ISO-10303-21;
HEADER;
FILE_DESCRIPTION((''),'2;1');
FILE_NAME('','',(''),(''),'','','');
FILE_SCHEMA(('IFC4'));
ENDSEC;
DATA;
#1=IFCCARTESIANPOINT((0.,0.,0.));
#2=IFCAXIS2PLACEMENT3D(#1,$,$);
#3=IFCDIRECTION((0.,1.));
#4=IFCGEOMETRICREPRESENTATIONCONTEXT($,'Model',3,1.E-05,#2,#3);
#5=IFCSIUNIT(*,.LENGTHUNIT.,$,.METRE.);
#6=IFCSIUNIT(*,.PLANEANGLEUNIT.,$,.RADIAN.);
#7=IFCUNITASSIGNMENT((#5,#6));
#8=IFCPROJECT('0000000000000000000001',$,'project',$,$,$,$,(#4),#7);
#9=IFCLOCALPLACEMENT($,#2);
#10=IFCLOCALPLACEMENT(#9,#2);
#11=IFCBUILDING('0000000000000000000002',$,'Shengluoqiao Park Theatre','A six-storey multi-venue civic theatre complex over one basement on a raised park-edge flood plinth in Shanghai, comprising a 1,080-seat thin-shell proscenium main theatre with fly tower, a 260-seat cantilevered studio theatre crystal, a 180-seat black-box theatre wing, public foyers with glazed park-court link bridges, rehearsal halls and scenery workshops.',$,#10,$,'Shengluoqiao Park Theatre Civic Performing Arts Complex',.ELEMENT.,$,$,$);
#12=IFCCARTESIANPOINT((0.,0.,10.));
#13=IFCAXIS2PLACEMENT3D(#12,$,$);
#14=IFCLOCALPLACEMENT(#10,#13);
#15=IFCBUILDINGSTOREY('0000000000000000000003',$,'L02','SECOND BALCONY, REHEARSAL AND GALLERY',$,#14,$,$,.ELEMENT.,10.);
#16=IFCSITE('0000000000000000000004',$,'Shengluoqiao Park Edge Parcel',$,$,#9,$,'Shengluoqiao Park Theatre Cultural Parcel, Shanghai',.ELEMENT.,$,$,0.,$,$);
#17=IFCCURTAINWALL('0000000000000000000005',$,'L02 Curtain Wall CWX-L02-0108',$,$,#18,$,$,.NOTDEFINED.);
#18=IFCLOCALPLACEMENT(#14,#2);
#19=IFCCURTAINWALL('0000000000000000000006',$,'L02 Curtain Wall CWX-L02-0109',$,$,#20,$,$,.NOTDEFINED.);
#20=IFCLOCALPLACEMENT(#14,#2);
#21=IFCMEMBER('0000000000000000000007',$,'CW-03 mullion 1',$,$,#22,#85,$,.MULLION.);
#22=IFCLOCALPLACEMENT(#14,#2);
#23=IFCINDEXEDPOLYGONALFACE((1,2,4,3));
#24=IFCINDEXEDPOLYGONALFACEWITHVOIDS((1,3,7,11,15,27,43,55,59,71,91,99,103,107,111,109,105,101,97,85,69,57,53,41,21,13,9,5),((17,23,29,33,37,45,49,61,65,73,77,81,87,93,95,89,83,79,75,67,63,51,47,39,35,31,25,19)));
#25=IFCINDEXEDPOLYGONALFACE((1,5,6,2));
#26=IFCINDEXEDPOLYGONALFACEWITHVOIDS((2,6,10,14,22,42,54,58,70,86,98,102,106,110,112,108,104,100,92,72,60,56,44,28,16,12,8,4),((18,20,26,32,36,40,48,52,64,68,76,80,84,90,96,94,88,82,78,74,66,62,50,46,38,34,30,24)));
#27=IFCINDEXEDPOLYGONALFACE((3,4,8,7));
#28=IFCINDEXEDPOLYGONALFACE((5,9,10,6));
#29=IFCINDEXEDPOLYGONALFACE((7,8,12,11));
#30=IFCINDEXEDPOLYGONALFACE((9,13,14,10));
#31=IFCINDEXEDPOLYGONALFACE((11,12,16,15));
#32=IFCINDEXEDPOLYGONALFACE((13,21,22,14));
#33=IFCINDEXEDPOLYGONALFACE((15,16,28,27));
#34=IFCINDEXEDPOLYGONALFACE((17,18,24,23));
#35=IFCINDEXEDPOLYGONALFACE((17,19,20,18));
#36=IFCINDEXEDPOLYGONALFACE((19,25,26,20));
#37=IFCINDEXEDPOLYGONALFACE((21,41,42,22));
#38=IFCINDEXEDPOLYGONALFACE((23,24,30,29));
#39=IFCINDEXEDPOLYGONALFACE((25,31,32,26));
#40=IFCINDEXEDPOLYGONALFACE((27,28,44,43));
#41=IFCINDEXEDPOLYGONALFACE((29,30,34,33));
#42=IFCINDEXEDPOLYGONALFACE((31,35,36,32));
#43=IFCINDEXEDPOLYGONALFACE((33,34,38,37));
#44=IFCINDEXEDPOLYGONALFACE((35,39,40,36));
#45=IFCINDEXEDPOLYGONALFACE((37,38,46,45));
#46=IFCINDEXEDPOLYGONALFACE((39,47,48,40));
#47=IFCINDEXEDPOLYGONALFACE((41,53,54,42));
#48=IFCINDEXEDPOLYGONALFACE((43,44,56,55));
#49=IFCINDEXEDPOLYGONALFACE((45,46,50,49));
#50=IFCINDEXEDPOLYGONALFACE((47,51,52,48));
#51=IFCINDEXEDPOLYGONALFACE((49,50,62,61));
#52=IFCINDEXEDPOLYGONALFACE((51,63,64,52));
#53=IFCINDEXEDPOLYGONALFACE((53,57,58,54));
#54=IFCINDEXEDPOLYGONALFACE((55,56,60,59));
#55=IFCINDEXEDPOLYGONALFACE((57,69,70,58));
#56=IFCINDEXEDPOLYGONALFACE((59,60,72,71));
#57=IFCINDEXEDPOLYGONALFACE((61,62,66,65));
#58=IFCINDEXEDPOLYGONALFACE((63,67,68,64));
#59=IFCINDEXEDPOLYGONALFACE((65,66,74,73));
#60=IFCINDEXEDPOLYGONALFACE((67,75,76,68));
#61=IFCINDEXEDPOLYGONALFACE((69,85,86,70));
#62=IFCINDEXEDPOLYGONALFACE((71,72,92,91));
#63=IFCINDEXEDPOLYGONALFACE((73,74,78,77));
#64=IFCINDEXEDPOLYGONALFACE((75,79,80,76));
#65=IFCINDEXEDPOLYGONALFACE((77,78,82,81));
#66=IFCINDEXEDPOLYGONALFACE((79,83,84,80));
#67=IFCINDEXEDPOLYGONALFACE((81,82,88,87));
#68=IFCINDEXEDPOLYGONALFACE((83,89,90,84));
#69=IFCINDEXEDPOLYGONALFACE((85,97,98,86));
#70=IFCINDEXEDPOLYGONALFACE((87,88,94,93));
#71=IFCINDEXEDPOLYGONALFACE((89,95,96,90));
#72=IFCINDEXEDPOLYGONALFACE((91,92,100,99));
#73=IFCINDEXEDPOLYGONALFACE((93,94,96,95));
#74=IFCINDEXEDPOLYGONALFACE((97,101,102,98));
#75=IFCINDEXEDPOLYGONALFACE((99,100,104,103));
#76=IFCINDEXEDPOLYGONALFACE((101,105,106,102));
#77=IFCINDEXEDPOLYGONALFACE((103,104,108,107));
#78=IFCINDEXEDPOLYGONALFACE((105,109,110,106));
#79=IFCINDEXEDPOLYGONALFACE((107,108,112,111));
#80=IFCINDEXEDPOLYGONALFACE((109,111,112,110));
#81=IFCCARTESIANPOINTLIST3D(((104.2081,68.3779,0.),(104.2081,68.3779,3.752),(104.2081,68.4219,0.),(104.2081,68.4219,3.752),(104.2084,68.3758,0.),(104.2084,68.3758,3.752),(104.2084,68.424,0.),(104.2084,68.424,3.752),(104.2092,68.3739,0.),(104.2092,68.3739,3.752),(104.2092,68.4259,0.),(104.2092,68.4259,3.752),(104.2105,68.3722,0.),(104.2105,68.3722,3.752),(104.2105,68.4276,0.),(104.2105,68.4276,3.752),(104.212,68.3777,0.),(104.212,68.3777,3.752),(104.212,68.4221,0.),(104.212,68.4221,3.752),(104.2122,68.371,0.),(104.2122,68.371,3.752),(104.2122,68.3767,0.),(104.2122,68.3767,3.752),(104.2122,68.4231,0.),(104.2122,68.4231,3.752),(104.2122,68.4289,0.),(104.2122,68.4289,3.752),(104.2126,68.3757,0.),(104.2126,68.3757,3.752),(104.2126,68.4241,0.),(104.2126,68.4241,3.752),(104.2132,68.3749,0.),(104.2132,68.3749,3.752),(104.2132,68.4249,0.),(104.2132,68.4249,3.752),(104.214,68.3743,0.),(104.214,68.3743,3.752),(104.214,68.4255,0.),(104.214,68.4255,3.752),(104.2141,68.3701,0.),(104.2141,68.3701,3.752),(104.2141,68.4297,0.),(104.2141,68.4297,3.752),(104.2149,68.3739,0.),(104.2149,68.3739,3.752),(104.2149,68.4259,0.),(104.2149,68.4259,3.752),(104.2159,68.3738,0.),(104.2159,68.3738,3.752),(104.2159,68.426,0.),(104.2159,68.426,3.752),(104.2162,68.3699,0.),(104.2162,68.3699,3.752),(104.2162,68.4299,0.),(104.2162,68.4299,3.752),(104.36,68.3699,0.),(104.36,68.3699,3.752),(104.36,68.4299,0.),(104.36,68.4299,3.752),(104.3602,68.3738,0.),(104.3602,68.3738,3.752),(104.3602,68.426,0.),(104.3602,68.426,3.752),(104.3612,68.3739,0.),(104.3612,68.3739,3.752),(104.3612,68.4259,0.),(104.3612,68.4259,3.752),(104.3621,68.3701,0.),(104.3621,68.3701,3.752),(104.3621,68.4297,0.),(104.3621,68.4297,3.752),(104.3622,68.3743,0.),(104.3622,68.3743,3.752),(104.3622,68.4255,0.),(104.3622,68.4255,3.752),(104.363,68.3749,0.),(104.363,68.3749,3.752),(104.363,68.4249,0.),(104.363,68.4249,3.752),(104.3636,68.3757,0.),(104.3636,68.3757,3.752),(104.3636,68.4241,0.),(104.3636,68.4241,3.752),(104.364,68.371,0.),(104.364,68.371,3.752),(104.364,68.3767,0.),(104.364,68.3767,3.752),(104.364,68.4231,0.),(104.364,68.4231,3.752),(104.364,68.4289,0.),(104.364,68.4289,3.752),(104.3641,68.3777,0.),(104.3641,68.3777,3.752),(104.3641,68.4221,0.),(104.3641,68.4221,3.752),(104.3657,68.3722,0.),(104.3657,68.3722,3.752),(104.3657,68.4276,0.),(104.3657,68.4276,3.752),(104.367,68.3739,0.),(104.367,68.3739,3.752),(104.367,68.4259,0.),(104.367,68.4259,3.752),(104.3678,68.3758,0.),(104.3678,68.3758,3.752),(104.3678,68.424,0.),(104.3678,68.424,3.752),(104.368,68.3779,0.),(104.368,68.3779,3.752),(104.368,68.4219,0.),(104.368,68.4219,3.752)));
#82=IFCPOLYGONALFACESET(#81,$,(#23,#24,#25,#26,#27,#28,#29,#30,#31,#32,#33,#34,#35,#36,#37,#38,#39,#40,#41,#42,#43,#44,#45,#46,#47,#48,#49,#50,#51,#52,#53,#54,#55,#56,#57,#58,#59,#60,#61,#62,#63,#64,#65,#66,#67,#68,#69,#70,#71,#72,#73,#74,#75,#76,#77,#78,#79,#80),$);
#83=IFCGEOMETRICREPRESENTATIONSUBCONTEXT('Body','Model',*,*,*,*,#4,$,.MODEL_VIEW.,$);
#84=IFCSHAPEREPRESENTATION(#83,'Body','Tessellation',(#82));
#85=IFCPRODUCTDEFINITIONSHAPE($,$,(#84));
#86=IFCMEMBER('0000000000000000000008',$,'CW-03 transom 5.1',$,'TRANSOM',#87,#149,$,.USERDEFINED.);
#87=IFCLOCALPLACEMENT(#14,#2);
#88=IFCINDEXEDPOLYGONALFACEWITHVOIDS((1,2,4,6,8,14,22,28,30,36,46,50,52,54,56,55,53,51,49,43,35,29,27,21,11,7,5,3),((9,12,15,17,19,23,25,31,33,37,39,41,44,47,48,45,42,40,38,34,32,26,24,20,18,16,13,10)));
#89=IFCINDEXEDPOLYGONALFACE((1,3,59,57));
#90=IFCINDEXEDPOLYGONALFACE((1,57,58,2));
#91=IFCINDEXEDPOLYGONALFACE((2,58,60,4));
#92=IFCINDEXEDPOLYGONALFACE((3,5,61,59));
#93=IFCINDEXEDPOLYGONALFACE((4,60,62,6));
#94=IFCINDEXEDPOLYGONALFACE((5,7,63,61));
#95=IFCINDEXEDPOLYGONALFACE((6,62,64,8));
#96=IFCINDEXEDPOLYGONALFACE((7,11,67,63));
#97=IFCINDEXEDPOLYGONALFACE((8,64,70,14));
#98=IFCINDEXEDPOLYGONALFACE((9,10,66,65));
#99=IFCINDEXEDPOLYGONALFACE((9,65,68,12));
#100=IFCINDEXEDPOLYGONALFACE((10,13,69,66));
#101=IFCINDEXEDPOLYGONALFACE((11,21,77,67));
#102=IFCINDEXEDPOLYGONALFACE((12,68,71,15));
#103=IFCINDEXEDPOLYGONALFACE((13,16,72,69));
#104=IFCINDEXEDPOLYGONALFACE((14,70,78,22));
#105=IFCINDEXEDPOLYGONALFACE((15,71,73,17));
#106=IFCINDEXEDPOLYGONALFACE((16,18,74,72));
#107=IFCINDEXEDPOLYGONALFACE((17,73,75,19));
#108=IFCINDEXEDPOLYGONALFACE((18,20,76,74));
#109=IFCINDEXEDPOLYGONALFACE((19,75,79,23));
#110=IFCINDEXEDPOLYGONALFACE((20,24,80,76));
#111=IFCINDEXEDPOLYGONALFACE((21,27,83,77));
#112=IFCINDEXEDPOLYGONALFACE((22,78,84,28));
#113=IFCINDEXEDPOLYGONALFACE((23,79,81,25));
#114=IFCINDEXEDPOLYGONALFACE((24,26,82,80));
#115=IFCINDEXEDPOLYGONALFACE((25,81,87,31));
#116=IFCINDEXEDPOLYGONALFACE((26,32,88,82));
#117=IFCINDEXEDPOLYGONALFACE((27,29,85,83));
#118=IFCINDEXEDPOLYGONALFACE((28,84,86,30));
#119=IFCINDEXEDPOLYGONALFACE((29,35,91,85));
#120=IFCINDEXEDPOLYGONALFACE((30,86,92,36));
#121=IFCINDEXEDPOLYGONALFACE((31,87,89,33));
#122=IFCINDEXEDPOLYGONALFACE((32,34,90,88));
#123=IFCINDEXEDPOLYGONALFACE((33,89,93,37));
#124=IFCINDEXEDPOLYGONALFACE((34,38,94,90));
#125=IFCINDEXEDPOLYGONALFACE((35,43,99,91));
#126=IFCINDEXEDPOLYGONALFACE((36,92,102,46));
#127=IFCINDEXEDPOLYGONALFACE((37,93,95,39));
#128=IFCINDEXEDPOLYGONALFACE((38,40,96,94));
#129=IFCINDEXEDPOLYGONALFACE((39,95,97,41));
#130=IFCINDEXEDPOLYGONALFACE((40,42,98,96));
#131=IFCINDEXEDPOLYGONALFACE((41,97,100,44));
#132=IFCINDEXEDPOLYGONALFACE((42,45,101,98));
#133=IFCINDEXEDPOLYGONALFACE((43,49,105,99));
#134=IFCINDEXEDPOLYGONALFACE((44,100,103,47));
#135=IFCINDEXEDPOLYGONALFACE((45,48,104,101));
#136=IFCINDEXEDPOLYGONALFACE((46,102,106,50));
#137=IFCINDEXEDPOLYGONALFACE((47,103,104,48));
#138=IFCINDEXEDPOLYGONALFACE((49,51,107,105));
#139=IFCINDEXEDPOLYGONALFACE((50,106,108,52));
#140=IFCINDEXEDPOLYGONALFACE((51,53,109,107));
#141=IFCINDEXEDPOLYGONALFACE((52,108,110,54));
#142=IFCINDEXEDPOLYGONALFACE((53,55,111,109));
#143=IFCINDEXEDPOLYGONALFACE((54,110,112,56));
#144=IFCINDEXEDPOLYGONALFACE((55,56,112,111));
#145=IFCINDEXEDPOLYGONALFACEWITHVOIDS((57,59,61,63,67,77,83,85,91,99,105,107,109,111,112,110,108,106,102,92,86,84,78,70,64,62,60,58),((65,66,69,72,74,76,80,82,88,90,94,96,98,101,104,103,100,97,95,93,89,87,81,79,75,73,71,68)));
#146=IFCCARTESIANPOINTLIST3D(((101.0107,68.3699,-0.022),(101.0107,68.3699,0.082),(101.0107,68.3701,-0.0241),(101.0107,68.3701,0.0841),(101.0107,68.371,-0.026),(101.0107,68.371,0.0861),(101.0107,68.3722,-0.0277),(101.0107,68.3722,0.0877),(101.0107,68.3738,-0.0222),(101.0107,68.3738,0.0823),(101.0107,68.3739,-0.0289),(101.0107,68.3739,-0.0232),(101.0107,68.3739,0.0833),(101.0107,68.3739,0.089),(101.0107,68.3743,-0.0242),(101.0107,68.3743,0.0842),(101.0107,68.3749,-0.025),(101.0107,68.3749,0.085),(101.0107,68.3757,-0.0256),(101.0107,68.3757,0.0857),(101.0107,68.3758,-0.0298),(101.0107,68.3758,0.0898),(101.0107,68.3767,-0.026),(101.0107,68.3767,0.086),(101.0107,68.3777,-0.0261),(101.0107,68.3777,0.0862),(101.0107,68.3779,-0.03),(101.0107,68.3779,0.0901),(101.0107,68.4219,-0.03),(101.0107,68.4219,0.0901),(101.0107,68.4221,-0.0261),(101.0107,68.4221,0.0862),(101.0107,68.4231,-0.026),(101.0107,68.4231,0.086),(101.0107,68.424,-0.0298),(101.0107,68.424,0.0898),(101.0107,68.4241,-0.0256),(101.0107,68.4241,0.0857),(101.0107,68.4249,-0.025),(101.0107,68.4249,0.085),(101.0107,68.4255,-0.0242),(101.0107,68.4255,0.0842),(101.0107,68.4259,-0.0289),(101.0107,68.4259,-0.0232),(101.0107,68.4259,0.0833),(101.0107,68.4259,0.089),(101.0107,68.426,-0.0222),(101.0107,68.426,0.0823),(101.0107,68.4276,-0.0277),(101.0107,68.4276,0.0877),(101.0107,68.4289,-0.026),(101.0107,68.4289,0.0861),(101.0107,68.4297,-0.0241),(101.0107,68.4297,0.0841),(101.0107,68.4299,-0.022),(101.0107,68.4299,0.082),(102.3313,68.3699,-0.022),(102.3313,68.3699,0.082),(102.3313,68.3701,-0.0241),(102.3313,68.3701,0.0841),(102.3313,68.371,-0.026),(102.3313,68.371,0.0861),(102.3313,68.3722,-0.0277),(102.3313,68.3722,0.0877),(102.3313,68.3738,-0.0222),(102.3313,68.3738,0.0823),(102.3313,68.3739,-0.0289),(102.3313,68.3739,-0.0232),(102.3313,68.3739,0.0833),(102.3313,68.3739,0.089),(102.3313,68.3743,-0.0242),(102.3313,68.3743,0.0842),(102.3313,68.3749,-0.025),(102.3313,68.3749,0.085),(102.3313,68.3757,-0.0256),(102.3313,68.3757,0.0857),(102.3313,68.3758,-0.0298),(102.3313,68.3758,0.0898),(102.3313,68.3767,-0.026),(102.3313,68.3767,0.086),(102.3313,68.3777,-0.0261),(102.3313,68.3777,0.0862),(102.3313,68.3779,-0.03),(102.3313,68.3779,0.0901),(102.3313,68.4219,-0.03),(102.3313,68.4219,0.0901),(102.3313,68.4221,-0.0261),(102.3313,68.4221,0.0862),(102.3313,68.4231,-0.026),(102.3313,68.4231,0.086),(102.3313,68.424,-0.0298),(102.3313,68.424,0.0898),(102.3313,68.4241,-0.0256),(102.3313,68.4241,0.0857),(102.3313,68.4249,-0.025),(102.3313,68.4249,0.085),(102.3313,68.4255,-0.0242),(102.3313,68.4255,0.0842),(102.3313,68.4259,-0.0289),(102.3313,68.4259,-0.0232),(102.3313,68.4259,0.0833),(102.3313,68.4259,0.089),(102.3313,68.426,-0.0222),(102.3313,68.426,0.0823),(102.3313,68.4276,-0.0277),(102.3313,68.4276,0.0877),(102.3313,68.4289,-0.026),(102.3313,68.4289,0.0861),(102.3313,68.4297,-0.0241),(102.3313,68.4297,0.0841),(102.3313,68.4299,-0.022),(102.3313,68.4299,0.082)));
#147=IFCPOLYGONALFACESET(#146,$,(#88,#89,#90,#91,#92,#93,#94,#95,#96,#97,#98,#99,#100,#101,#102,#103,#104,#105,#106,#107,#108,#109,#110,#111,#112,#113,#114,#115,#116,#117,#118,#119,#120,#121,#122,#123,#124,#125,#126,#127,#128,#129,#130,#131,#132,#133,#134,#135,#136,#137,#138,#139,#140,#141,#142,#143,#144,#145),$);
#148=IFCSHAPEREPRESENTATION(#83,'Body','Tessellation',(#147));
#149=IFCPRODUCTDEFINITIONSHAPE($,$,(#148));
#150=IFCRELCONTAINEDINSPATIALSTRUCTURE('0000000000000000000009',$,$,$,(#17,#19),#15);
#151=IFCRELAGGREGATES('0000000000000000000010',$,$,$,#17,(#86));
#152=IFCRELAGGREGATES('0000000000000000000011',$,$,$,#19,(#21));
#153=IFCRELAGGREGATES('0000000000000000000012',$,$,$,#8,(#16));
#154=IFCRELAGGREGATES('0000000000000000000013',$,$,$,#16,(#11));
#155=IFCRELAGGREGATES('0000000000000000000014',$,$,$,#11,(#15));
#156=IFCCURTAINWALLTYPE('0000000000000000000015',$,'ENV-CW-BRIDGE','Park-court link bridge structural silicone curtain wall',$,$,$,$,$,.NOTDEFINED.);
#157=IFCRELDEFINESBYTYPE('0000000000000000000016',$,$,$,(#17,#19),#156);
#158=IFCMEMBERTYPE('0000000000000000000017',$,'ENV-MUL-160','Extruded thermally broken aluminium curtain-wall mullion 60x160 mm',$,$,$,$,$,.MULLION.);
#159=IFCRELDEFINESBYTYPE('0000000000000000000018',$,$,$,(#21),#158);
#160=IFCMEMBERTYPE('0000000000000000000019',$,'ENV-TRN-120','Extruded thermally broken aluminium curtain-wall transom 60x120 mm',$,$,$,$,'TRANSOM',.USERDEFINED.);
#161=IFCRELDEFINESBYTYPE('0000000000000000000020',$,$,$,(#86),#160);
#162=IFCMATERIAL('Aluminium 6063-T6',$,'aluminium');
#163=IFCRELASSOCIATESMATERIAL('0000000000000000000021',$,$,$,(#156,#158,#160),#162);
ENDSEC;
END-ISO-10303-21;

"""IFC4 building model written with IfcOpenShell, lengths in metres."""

from ifc_helpers import new_model, si_unit, direction, frame, origin, origin_2d, place, context, subcontext, project, spatial, hollow_rectangle, extrude, material, material_profile, profile_set, type_object, element, aggregate, save


model = new_model("IFC4")

# Units and contexts
model_context = context("Model", 3, precision=1e-05, world=origin(), true_north=direction((0.0, 1.0)))
body_context = subcontext(model_context, "Body", "Model", "MODEL_VIEW")
ifc_project = project(units=[si_unit("LENGTHUNIT", "METRE"), si_unit("PLANEANGLEUNIT", "RADIAN")], contexts=[model_context])

# Site, building, storey
site_placement = place(None, origin())
site = spatial("IfcSite", under=ifc_project, at=site_placement, Name="Shengluoqiao Park Edge Parcel", LongName="Shengluoqiao Park Theatre Cultural Parcel, Shanghai", CompositionType="ELEMENT", RefElevation=0.0)
building_placement = place(site_placement, origin())
building = spatial("IfcBuilding", under=site, at=building_placement, Name="Shengluoqiao Park Theatre", Description="A six-storey multi-venue civic theatre complex over one basement on a raised park-edge flood plinth in Shanghai, comprising a 1,080-seat thin-shell proscenium main theatre with fly tower, a 260-seat cantilevered studio theatre crystal, a 180-seat black-box theatre wing, public foyers with glazed park-court link bridges, rehearsal halls and scenery workshops.", LongName="Shengluoqiao Park Theatre Civic Performing Arts Complex", CompositionType="ELEMENT")
storey_placement = place(building_placement, frame((0.0, 0.0, 10.0)))
storey = spatial("IfcBuildingStorey", under=building, at=storey_placement, Name="L02", Description="SECOND BALCONY, REHEARSAL AND GALLERY", CompositionType="ELEMENT", Elevation=10.0)

# Curtain wall
ifc_material_1 = material(Name="Aluminium 6063-T6", Category="aluminium")
curtain_wall_type = type_object("IfcCurtainWallType", Name="ENV-CW-BRIDGE", Description="Park-court link bridge structural silicone curtain wall", PredefinedType="NOTDEFINED", material=ifc_material_1)
curtain_wall_1_placement = place(storey_placement, origin())
curtain_wall_1 = element("IfcCurtainWall", 1, at=curtain_wall_1_placement, inside=storey, type_object=curtain_wall_type, Name="L02 Curtain Wall CWX-L02-0108", PredefinedType="NOTDEFINED")
ifc_material_profile_1 = material_profile(ifc_material_1, hollow_rectangle(XDim=0.0601, YDim=0.1599, WallThickness=0.0039, InnerFilletRadius=0.0039, OuterFilletRadius=0.0081, at=origin_2d()), Name="ALU MULLION 160x60x4")
ifc_profile_set_1 = profile_set([ifc_material_profile_1], Name="Aluminium 6063-T6")
member_type_1 = type_object("IfcMemberType", Name="ENV-MUL-160", Description="Extruded thermally broken aluminium curtain-wall mullion 60x160 mm", PredefinedType="MULLION", material=ifc_profile_set_1)

# Curtain wall, member
curtain_wall_2_placement = place(storey_placement, origin())
curtain_wall_2 = element("IfcCurtainWall", 2, at=curtain_wall_2_placement, inside=storey, type_object=curtain_wall_type, Name="L02 Curtain Wall CWX-L02-0109", PredefinedType="NOTDEFINED")
member_1_placement = place(storey_placement, frame((104.2881, 68.3999, 0.0), z_axis=(0.0, 0.0, 1.0), x_axis=(0.0, 1.0, 0.0)))
member_1 = element("IfcMember", 3, at=member_1_placement, type_object=member_type_1, Name="CW-03 mullion 1", PredefinedType="MULLION", context=body_context, shape_type="SweptSolid", body=[
    extrude(hollow_rectangle(XDim=0.0601, YDim=0.1599, WallThickness=0.0039, InnerFilletRadius=0.0039, OuterFilletRadius=0.0081, at=origin_2d()), origin(), (0.0, 0.0, 1.0), 3.752),
])

# Member
ifc_material_profile_2 = material_profile(ifc_material_1, hollow_rectangle(XDim=0.0601, YDim=0.1201, WallThickness=0.0039, InnerFilletRadius=0.0039, OuterFilletRadius=0.0081, at=origin_2d()), Name="ALU TRANSOM 120x60x4")
ifc_profile_set_2 = profile_set([ifc_material_profile_2], Name="Aluminium 6063-T6")
member_type_2 = type_object("IfcMemberType", Name="ENV-TRN-120", Description="Extruded thermally broken aluminium curtain-wall transom 60x120 mm", ElementType="TRANSOM", PredefinedType="USERDEFINED", material=ifc_profile_set_2)
member_2_placement = place(storey_placement, frame((101.0107, 68.3999, 0.03), z_axis=(1.0, 0.0, 0.0), x_axis=(0.0, 1.0, 0.0)))
member_2 = element("IfcMember", 4, at=member_2_placement, type_object=member_type_2, Name="CW-03 transom 5.1", ObjectType="TRANSOM", PredefinedType="USERDEFINED", context=body_context, shape_type="SweptSolid", body=[
    extrude(hollow_rectangle(XDim=0.0601, YDim=0.1201, WallThickness=0.0039, InnerFilletRadius=0.0039, OuterFilletRadius=0.0081, at=origin_2d()), origin(), (0.0, 0.0, 1.0), 1.3206),
])

aggregate(curtain_wall_1, [member_2])
aggregate(curtain_wall_2, [member_1])

save(model, "model.ifc")
